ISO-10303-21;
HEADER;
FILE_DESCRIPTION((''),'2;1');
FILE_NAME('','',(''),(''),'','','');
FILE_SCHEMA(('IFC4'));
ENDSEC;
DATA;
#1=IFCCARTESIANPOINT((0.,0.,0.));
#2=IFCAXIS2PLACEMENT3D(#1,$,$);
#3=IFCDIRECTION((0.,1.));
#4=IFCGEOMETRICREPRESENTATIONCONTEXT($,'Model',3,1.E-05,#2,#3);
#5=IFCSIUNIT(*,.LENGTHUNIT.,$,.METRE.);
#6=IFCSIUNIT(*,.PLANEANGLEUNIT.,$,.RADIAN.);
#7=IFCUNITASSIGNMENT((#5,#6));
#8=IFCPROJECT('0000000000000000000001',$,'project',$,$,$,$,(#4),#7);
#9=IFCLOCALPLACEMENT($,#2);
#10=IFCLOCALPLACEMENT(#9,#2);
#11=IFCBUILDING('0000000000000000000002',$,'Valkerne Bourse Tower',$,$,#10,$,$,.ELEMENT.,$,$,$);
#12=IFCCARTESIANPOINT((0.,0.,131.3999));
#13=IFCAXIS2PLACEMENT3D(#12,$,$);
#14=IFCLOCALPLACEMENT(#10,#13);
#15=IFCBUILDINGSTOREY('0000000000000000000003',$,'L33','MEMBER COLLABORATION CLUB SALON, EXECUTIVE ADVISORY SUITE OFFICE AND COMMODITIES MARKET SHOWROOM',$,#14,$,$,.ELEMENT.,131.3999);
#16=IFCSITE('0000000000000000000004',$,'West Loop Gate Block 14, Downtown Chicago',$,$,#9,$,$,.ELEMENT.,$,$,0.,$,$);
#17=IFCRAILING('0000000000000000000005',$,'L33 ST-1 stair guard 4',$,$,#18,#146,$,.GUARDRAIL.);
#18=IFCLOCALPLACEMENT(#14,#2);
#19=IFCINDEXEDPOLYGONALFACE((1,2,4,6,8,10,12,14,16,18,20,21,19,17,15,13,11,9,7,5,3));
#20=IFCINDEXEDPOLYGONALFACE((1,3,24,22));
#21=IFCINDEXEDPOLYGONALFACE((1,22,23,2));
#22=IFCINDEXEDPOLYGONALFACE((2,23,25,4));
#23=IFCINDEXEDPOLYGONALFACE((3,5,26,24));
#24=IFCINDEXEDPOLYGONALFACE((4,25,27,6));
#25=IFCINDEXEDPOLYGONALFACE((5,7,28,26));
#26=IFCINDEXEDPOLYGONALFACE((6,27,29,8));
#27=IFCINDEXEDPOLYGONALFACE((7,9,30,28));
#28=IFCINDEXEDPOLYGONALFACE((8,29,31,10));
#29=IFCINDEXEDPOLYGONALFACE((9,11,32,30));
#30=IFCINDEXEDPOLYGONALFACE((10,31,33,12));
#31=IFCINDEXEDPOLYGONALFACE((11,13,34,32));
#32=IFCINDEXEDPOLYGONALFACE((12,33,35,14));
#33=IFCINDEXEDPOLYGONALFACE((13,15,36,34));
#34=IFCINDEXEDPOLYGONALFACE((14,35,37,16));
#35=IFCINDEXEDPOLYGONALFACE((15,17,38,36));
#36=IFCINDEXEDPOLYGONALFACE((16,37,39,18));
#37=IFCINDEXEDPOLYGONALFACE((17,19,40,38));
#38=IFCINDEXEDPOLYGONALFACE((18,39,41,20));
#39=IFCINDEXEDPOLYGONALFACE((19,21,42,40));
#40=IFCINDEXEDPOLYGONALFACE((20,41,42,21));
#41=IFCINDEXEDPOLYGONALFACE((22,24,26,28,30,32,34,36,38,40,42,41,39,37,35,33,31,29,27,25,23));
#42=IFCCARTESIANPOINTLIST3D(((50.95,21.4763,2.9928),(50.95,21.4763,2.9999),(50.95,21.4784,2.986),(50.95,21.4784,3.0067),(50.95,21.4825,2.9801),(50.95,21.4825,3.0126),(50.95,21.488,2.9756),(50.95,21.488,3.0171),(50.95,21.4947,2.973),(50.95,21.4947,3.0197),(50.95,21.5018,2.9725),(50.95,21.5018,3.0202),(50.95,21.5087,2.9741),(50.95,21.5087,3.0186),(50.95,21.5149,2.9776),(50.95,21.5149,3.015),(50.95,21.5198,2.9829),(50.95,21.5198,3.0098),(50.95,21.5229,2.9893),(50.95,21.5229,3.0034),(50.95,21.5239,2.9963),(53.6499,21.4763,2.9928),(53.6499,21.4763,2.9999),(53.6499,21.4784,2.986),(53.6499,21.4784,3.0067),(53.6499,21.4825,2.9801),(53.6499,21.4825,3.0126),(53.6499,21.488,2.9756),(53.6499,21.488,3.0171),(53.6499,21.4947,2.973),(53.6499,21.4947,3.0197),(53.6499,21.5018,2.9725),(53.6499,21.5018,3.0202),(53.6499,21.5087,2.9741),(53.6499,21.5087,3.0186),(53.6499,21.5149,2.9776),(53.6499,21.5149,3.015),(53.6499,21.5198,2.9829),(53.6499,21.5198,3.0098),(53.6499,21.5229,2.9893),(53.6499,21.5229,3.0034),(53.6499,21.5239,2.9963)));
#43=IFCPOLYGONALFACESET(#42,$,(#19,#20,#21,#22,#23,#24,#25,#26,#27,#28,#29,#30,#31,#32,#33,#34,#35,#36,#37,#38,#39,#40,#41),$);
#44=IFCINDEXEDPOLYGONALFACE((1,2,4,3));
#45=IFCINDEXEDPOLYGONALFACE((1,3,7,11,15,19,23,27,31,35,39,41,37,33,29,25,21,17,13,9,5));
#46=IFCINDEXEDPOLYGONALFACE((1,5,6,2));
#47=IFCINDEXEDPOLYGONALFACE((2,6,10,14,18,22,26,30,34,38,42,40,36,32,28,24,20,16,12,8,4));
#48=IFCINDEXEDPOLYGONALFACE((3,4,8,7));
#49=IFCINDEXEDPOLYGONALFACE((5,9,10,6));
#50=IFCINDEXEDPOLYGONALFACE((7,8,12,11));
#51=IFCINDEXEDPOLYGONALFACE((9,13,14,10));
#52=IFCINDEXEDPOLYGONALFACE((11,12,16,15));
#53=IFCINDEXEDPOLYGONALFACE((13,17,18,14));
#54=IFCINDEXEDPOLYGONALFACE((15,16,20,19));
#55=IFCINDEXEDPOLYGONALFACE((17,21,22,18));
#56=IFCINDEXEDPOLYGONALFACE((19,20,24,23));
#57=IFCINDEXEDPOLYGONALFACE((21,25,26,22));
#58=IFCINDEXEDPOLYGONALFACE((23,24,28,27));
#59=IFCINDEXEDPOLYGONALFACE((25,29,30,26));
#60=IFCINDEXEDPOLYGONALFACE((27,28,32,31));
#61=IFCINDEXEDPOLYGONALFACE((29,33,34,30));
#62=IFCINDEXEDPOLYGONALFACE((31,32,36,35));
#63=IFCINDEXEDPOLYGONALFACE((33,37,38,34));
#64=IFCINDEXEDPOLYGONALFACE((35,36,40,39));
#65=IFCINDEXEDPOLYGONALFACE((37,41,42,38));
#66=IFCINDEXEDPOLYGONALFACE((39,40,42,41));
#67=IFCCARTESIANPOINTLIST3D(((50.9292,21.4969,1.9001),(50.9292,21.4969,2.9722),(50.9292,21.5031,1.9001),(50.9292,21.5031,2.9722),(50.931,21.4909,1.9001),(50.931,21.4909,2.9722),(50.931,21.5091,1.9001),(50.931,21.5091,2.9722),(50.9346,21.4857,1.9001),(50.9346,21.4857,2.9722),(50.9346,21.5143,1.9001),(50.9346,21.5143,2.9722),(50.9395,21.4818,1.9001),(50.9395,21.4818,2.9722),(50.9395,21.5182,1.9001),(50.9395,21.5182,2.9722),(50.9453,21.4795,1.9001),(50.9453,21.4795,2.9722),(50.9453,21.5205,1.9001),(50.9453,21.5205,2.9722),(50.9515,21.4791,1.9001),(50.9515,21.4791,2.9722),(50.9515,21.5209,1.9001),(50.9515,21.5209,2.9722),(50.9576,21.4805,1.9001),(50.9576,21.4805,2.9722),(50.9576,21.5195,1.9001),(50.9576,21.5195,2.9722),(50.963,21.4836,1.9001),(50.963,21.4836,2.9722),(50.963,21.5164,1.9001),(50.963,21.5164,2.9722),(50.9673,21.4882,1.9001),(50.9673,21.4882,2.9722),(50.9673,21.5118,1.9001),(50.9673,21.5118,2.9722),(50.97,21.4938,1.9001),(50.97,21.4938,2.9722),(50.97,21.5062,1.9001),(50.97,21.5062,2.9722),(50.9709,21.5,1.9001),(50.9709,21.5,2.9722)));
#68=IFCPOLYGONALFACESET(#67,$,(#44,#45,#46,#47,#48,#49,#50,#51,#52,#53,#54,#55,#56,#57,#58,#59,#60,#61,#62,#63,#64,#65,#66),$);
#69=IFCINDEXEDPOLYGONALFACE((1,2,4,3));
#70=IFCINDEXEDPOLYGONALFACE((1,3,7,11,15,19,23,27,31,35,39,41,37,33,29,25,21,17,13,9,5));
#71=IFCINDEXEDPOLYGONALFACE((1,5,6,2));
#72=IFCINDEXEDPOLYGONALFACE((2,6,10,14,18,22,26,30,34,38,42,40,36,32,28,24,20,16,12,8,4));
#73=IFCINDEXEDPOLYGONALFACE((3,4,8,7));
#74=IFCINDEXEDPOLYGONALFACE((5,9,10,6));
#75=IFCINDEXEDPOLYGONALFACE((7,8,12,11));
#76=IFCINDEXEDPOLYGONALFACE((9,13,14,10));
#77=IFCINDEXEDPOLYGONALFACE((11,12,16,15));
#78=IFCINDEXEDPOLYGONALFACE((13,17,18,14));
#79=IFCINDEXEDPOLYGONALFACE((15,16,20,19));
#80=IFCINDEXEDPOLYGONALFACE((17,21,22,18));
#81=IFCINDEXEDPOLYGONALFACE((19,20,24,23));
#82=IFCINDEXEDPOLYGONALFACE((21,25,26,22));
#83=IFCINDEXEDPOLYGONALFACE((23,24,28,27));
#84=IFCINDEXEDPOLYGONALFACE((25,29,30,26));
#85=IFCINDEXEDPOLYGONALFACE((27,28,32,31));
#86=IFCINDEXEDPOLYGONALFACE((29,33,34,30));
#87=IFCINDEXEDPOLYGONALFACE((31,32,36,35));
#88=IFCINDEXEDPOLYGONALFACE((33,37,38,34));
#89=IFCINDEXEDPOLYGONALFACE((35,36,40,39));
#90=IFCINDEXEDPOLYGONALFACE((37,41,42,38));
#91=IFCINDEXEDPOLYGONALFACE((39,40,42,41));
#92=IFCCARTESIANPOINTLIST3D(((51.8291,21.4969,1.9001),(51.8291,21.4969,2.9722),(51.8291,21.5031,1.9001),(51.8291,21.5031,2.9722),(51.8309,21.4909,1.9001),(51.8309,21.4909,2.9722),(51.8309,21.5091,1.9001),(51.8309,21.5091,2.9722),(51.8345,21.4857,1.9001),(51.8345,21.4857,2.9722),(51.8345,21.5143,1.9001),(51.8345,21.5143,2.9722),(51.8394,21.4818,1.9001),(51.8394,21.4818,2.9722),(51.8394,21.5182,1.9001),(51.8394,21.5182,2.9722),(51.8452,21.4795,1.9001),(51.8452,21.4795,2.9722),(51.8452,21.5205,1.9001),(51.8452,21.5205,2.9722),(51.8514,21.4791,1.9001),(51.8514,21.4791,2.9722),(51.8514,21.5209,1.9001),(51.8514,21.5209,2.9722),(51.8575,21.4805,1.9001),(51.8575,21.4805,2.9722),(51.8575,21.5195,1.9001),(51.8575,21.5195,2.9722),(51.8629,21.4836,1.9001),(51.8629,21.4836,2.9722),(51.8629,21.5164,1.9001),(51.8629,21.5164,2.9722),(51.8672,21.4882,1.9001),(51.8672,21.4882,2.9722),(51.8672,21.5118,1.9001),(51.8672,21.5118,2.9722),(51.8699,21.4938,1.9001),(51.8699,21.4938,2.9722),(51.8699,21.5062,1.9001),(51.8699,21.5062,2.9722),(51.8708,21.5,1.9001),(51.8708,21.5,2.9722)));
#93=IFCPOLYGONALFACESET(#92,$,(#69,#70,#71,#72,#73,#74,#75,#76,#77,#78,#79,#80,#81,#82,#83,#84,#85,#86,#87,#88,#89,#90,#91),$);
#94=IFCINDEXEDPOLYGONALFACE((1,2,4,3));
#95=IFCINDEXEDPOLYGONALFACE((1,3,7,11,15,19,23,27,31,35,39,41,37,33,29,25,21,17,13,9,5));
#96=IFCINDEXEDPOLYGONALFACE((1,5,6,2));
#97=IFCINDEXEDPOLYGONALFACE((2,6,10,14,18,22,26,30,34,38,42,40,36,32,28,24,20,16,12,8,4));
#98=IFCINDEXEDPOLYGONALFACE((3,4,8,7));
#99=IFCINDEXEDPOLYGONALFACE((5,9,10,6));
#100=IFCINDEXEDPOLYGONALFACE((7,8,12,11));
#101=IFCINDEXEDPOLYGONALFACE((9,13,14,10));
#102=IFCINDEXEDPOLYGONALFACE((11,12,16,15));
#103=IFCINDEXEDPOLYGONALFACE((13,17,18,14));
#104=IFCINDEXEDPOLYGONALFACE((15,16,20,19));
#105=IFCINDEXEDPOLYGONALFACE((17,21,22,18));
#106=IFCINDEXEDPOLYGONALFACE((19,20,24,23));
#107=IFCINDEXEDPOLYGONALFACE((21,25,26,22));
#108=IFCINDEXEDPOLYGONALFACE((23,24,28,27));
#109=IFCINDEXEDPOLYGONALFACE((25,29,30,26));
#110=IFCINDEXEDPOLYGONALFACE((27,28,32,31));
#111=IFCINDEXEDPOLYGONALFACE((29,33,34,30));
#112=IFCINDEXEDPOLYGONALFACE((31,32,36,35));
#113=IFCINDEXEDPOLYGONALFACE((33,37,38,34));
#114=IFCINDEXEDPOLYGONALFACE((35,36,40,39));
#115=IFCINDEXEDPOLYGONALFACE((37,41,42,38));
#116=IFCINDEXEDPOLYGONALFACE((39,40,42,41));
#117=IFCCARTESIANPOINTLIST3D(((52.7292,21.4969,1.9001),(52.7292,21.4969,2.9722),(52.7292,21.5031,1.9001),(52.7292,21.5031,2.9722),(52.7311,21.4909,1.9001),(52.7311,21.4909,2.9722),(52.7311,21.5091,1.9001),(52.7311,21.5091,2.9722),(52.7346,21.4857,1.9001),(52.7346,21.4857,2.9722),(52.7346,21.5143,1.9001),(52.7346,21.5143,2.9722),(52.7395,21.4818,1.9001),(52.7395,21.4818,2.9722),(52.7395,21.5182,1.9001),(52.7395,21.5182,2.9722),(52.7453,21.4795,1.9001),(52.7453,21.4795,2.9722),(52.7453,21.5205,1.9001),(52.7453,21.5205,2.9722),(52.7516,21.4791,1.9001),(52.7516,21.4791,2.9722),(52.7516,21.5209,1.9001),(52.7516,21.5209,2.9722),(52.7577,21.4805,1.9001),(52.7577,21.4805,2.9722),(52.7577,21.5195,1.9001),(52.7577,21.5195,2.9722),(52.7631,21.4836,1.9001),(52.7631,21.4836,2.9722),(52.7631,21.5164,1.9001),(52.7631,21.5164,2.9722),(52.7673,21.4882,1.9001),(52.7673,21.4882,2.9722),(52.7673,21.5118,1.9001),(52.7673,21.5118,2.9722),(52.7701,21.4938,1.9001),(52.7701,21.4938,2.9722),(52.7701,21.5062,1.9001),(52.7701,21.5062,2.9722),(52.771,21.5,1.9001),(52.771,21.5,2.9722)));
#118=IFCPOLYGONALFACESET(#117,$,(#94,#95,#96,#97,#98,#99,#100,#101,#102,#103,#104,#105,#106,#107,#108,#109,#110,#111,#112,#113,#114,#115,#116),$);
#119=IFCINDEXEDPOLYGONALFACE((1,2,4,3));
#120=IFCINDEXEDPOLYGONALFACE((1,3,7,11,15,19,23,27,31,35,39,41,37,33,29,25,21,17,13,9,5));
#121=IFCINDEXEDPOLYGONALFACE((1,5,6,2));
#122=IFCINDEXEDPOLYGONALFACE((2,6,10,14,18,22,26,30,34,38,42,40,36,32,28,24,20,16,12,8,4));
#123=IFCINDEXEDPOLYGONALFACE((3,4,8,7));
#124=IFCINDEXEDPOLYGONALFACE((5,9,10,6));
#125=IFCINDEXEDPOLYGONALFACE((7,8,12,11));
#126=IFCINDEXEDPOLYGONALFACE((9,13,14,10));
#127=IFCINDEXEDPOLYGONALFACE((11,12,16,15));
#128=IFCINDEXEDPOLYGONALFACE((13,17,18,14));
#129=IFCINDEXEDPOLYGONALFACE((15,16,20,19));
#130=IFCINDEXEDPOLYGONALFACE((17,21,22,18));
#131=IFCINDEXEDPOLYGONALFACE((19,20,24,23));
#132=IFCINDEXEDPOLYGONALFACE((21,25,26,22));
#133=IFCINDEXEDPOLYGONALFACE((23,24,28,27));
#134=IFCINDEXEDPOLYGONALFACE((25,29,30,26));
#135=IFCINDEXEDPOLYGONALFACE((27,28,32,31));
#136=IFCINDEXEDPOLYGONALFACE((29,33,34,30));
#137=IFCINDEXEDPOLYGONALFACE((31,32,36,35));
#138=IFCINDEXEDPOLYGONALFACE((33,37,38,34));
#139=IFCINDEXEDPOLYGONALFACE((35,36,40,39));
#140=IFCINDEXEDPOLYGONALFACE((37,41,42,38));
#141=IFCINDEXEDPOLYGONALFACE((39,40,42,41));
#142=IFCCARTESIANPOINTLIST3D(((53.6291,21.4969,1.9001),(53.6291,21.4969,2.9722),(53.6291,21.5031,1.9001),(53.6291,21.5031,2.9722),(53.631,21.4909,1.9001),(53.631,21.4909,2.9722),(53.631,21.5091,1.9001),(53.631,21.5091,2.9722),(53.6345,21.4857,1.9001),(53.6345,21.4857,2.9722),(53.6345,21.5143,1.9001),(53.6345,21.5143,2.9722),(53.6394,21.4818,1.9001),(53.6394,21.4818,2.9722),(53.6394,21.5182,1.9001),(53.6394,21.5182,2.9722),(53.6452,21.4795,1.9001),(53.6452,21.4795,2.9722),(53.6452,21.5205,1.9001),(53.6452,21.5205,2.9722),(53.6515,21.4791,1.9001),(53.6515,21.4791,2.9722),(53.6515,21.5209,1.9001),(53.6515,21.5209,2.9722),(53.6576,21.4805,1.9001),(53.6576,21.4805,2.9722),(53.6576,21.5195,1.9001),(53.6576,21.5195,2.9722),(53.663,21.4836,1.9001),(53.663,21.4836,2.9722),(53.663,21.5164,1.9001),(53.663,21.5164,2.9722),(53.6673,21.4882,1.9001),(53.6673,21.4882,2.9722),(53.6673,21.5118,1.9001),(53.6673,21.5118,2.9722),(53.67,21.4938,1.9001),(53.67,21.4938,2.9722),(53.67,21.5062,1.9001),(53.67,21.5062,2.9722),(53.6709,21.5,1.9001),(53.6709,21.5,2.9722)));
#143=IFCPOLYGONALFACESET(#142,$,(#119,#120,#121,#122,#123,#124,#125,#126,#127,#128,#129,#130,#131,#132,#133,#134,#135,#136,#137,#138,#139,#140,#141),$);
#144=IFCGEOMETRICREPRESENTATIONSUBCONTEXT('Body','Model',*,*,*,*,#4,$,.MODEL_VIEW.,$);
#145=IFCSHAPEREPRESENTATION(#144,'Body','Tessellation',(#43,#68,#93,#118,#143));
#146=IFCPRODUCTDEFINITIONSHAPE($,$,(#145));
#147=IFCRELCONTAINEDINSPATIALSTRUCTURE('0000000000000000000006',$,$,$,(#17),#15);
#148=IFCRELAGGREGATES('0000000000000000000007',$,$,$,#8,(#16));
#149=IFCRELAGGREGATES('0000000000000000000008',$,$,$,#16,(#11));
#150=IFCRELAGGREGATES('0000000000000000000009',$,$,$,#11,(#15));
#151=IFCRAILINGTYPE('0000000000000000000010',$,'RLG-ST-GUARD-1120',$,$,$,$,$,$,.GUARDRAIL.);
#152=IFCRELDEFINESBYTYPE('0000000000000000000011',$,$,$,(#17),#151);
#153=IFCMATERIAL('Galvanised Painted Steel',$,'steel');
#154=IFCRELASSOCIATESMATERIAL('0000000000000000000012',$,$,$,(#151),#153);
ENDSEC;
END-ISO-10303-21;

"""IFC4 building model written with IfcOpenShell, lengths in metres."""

from ifc_helpers import new_model, si_unit, direction, frame, origin, origin_2d, place, context, subcontext, project, spatial, circle, extrude, material, type_object, element, save


model = new_model("IFC4")

# Units and contexts
model_context = context("Model", 3, precision=1e-05, world=origin(), true_north=direction((0.0, 1.0)))
body_context = subcontext(model_context, "Body", "Model", "MODEL_VIEW")
ifc_project = project(units=[si_unit("LENGTHUNIT", "METRE"), si_unit("PLANEANGLEUNIT", "RADIAN")], contexts=[model_context])

# Site, building, storey
site_placement = place(None, origin())
site = spatial("IfcSite", under=ifc_project, at=site_placement, Name="West Loop Gate Block 14, Downtown Chicago", CompositionType="ELEMENT", RefElevation=0.0)
building_placement = place(site_placement, origin())
building = spatial("IfcBuilding", under=site, at=building_placement, Name="Valkerne Bourse Tower", CompositionType="ELEMENT")
storey_placement = place(building_placement, frame((0.0, 0.0, 131.3999)))
storey = spatial("IfcBuildingStorey", under=building, at=storey_placement, Name="L33", Description="MEMBER COLLABORATION CLUB SALON, EXECUTIVE ADVISORY SUITE OFFICE AND COMMODITIES MARKET SHOWROOM", CompositionType="ELEMENT", Elevation=131.3999)

# Shared definitions
ifc_material_1 = material(Name="Galvanised Painted Steel", Category="steel")

# Railing
railing_type_1 = type_object("IfcRailingType", Name="RLG-ST-GUARD-1120", PredefinedType="GUARDRAIL", material=ifc_material_1)
for number, where, name in (
    (1, (50.95, 21.5, 1.9001), "L33 ST-1 stair guard 4"),
):
    element("IfcRailing", number, at=place(storey_placement, frame(where)), inside=storey, type_object=railing_type_1, Name=name, PredefinedType="GUARDRAIL", context=body_context, shape_type="SweptSolid", body=[
        extrude(circle(Radius=0.0239, at=origin_2d()), frame((0.0, 0.0, 1.0962), z_axis=(1.0, 0.0, 0.0), x_axis=(0.0, 1.0, 0.0)), (0.0, 0.0, 1.0), 2.7),
        extrude(circle(Radius=0.021, at=origin_2d()), origin(), (0.0, 0.0, 1.0), 1.072),
        extrude(circle(Radius=0.021, at=origin_2d()), frame((0.8999, 0.0, 0.0)), (0.0, 0.0, 1.0), 1.072),
        extrude(circle(Radius=0.021, at=origin_2d()), frame((1.8, 0.0, 0.0)), (0.0, 0.0, 1.0), 1.072),
        extrude(circle(Radius=0.021, at=origin_2d()), frame((2.7, 0.0, 0.0)), (0.0, 0.0, 1.0), 1.072),
    ])

save(model, "model.ifc")
